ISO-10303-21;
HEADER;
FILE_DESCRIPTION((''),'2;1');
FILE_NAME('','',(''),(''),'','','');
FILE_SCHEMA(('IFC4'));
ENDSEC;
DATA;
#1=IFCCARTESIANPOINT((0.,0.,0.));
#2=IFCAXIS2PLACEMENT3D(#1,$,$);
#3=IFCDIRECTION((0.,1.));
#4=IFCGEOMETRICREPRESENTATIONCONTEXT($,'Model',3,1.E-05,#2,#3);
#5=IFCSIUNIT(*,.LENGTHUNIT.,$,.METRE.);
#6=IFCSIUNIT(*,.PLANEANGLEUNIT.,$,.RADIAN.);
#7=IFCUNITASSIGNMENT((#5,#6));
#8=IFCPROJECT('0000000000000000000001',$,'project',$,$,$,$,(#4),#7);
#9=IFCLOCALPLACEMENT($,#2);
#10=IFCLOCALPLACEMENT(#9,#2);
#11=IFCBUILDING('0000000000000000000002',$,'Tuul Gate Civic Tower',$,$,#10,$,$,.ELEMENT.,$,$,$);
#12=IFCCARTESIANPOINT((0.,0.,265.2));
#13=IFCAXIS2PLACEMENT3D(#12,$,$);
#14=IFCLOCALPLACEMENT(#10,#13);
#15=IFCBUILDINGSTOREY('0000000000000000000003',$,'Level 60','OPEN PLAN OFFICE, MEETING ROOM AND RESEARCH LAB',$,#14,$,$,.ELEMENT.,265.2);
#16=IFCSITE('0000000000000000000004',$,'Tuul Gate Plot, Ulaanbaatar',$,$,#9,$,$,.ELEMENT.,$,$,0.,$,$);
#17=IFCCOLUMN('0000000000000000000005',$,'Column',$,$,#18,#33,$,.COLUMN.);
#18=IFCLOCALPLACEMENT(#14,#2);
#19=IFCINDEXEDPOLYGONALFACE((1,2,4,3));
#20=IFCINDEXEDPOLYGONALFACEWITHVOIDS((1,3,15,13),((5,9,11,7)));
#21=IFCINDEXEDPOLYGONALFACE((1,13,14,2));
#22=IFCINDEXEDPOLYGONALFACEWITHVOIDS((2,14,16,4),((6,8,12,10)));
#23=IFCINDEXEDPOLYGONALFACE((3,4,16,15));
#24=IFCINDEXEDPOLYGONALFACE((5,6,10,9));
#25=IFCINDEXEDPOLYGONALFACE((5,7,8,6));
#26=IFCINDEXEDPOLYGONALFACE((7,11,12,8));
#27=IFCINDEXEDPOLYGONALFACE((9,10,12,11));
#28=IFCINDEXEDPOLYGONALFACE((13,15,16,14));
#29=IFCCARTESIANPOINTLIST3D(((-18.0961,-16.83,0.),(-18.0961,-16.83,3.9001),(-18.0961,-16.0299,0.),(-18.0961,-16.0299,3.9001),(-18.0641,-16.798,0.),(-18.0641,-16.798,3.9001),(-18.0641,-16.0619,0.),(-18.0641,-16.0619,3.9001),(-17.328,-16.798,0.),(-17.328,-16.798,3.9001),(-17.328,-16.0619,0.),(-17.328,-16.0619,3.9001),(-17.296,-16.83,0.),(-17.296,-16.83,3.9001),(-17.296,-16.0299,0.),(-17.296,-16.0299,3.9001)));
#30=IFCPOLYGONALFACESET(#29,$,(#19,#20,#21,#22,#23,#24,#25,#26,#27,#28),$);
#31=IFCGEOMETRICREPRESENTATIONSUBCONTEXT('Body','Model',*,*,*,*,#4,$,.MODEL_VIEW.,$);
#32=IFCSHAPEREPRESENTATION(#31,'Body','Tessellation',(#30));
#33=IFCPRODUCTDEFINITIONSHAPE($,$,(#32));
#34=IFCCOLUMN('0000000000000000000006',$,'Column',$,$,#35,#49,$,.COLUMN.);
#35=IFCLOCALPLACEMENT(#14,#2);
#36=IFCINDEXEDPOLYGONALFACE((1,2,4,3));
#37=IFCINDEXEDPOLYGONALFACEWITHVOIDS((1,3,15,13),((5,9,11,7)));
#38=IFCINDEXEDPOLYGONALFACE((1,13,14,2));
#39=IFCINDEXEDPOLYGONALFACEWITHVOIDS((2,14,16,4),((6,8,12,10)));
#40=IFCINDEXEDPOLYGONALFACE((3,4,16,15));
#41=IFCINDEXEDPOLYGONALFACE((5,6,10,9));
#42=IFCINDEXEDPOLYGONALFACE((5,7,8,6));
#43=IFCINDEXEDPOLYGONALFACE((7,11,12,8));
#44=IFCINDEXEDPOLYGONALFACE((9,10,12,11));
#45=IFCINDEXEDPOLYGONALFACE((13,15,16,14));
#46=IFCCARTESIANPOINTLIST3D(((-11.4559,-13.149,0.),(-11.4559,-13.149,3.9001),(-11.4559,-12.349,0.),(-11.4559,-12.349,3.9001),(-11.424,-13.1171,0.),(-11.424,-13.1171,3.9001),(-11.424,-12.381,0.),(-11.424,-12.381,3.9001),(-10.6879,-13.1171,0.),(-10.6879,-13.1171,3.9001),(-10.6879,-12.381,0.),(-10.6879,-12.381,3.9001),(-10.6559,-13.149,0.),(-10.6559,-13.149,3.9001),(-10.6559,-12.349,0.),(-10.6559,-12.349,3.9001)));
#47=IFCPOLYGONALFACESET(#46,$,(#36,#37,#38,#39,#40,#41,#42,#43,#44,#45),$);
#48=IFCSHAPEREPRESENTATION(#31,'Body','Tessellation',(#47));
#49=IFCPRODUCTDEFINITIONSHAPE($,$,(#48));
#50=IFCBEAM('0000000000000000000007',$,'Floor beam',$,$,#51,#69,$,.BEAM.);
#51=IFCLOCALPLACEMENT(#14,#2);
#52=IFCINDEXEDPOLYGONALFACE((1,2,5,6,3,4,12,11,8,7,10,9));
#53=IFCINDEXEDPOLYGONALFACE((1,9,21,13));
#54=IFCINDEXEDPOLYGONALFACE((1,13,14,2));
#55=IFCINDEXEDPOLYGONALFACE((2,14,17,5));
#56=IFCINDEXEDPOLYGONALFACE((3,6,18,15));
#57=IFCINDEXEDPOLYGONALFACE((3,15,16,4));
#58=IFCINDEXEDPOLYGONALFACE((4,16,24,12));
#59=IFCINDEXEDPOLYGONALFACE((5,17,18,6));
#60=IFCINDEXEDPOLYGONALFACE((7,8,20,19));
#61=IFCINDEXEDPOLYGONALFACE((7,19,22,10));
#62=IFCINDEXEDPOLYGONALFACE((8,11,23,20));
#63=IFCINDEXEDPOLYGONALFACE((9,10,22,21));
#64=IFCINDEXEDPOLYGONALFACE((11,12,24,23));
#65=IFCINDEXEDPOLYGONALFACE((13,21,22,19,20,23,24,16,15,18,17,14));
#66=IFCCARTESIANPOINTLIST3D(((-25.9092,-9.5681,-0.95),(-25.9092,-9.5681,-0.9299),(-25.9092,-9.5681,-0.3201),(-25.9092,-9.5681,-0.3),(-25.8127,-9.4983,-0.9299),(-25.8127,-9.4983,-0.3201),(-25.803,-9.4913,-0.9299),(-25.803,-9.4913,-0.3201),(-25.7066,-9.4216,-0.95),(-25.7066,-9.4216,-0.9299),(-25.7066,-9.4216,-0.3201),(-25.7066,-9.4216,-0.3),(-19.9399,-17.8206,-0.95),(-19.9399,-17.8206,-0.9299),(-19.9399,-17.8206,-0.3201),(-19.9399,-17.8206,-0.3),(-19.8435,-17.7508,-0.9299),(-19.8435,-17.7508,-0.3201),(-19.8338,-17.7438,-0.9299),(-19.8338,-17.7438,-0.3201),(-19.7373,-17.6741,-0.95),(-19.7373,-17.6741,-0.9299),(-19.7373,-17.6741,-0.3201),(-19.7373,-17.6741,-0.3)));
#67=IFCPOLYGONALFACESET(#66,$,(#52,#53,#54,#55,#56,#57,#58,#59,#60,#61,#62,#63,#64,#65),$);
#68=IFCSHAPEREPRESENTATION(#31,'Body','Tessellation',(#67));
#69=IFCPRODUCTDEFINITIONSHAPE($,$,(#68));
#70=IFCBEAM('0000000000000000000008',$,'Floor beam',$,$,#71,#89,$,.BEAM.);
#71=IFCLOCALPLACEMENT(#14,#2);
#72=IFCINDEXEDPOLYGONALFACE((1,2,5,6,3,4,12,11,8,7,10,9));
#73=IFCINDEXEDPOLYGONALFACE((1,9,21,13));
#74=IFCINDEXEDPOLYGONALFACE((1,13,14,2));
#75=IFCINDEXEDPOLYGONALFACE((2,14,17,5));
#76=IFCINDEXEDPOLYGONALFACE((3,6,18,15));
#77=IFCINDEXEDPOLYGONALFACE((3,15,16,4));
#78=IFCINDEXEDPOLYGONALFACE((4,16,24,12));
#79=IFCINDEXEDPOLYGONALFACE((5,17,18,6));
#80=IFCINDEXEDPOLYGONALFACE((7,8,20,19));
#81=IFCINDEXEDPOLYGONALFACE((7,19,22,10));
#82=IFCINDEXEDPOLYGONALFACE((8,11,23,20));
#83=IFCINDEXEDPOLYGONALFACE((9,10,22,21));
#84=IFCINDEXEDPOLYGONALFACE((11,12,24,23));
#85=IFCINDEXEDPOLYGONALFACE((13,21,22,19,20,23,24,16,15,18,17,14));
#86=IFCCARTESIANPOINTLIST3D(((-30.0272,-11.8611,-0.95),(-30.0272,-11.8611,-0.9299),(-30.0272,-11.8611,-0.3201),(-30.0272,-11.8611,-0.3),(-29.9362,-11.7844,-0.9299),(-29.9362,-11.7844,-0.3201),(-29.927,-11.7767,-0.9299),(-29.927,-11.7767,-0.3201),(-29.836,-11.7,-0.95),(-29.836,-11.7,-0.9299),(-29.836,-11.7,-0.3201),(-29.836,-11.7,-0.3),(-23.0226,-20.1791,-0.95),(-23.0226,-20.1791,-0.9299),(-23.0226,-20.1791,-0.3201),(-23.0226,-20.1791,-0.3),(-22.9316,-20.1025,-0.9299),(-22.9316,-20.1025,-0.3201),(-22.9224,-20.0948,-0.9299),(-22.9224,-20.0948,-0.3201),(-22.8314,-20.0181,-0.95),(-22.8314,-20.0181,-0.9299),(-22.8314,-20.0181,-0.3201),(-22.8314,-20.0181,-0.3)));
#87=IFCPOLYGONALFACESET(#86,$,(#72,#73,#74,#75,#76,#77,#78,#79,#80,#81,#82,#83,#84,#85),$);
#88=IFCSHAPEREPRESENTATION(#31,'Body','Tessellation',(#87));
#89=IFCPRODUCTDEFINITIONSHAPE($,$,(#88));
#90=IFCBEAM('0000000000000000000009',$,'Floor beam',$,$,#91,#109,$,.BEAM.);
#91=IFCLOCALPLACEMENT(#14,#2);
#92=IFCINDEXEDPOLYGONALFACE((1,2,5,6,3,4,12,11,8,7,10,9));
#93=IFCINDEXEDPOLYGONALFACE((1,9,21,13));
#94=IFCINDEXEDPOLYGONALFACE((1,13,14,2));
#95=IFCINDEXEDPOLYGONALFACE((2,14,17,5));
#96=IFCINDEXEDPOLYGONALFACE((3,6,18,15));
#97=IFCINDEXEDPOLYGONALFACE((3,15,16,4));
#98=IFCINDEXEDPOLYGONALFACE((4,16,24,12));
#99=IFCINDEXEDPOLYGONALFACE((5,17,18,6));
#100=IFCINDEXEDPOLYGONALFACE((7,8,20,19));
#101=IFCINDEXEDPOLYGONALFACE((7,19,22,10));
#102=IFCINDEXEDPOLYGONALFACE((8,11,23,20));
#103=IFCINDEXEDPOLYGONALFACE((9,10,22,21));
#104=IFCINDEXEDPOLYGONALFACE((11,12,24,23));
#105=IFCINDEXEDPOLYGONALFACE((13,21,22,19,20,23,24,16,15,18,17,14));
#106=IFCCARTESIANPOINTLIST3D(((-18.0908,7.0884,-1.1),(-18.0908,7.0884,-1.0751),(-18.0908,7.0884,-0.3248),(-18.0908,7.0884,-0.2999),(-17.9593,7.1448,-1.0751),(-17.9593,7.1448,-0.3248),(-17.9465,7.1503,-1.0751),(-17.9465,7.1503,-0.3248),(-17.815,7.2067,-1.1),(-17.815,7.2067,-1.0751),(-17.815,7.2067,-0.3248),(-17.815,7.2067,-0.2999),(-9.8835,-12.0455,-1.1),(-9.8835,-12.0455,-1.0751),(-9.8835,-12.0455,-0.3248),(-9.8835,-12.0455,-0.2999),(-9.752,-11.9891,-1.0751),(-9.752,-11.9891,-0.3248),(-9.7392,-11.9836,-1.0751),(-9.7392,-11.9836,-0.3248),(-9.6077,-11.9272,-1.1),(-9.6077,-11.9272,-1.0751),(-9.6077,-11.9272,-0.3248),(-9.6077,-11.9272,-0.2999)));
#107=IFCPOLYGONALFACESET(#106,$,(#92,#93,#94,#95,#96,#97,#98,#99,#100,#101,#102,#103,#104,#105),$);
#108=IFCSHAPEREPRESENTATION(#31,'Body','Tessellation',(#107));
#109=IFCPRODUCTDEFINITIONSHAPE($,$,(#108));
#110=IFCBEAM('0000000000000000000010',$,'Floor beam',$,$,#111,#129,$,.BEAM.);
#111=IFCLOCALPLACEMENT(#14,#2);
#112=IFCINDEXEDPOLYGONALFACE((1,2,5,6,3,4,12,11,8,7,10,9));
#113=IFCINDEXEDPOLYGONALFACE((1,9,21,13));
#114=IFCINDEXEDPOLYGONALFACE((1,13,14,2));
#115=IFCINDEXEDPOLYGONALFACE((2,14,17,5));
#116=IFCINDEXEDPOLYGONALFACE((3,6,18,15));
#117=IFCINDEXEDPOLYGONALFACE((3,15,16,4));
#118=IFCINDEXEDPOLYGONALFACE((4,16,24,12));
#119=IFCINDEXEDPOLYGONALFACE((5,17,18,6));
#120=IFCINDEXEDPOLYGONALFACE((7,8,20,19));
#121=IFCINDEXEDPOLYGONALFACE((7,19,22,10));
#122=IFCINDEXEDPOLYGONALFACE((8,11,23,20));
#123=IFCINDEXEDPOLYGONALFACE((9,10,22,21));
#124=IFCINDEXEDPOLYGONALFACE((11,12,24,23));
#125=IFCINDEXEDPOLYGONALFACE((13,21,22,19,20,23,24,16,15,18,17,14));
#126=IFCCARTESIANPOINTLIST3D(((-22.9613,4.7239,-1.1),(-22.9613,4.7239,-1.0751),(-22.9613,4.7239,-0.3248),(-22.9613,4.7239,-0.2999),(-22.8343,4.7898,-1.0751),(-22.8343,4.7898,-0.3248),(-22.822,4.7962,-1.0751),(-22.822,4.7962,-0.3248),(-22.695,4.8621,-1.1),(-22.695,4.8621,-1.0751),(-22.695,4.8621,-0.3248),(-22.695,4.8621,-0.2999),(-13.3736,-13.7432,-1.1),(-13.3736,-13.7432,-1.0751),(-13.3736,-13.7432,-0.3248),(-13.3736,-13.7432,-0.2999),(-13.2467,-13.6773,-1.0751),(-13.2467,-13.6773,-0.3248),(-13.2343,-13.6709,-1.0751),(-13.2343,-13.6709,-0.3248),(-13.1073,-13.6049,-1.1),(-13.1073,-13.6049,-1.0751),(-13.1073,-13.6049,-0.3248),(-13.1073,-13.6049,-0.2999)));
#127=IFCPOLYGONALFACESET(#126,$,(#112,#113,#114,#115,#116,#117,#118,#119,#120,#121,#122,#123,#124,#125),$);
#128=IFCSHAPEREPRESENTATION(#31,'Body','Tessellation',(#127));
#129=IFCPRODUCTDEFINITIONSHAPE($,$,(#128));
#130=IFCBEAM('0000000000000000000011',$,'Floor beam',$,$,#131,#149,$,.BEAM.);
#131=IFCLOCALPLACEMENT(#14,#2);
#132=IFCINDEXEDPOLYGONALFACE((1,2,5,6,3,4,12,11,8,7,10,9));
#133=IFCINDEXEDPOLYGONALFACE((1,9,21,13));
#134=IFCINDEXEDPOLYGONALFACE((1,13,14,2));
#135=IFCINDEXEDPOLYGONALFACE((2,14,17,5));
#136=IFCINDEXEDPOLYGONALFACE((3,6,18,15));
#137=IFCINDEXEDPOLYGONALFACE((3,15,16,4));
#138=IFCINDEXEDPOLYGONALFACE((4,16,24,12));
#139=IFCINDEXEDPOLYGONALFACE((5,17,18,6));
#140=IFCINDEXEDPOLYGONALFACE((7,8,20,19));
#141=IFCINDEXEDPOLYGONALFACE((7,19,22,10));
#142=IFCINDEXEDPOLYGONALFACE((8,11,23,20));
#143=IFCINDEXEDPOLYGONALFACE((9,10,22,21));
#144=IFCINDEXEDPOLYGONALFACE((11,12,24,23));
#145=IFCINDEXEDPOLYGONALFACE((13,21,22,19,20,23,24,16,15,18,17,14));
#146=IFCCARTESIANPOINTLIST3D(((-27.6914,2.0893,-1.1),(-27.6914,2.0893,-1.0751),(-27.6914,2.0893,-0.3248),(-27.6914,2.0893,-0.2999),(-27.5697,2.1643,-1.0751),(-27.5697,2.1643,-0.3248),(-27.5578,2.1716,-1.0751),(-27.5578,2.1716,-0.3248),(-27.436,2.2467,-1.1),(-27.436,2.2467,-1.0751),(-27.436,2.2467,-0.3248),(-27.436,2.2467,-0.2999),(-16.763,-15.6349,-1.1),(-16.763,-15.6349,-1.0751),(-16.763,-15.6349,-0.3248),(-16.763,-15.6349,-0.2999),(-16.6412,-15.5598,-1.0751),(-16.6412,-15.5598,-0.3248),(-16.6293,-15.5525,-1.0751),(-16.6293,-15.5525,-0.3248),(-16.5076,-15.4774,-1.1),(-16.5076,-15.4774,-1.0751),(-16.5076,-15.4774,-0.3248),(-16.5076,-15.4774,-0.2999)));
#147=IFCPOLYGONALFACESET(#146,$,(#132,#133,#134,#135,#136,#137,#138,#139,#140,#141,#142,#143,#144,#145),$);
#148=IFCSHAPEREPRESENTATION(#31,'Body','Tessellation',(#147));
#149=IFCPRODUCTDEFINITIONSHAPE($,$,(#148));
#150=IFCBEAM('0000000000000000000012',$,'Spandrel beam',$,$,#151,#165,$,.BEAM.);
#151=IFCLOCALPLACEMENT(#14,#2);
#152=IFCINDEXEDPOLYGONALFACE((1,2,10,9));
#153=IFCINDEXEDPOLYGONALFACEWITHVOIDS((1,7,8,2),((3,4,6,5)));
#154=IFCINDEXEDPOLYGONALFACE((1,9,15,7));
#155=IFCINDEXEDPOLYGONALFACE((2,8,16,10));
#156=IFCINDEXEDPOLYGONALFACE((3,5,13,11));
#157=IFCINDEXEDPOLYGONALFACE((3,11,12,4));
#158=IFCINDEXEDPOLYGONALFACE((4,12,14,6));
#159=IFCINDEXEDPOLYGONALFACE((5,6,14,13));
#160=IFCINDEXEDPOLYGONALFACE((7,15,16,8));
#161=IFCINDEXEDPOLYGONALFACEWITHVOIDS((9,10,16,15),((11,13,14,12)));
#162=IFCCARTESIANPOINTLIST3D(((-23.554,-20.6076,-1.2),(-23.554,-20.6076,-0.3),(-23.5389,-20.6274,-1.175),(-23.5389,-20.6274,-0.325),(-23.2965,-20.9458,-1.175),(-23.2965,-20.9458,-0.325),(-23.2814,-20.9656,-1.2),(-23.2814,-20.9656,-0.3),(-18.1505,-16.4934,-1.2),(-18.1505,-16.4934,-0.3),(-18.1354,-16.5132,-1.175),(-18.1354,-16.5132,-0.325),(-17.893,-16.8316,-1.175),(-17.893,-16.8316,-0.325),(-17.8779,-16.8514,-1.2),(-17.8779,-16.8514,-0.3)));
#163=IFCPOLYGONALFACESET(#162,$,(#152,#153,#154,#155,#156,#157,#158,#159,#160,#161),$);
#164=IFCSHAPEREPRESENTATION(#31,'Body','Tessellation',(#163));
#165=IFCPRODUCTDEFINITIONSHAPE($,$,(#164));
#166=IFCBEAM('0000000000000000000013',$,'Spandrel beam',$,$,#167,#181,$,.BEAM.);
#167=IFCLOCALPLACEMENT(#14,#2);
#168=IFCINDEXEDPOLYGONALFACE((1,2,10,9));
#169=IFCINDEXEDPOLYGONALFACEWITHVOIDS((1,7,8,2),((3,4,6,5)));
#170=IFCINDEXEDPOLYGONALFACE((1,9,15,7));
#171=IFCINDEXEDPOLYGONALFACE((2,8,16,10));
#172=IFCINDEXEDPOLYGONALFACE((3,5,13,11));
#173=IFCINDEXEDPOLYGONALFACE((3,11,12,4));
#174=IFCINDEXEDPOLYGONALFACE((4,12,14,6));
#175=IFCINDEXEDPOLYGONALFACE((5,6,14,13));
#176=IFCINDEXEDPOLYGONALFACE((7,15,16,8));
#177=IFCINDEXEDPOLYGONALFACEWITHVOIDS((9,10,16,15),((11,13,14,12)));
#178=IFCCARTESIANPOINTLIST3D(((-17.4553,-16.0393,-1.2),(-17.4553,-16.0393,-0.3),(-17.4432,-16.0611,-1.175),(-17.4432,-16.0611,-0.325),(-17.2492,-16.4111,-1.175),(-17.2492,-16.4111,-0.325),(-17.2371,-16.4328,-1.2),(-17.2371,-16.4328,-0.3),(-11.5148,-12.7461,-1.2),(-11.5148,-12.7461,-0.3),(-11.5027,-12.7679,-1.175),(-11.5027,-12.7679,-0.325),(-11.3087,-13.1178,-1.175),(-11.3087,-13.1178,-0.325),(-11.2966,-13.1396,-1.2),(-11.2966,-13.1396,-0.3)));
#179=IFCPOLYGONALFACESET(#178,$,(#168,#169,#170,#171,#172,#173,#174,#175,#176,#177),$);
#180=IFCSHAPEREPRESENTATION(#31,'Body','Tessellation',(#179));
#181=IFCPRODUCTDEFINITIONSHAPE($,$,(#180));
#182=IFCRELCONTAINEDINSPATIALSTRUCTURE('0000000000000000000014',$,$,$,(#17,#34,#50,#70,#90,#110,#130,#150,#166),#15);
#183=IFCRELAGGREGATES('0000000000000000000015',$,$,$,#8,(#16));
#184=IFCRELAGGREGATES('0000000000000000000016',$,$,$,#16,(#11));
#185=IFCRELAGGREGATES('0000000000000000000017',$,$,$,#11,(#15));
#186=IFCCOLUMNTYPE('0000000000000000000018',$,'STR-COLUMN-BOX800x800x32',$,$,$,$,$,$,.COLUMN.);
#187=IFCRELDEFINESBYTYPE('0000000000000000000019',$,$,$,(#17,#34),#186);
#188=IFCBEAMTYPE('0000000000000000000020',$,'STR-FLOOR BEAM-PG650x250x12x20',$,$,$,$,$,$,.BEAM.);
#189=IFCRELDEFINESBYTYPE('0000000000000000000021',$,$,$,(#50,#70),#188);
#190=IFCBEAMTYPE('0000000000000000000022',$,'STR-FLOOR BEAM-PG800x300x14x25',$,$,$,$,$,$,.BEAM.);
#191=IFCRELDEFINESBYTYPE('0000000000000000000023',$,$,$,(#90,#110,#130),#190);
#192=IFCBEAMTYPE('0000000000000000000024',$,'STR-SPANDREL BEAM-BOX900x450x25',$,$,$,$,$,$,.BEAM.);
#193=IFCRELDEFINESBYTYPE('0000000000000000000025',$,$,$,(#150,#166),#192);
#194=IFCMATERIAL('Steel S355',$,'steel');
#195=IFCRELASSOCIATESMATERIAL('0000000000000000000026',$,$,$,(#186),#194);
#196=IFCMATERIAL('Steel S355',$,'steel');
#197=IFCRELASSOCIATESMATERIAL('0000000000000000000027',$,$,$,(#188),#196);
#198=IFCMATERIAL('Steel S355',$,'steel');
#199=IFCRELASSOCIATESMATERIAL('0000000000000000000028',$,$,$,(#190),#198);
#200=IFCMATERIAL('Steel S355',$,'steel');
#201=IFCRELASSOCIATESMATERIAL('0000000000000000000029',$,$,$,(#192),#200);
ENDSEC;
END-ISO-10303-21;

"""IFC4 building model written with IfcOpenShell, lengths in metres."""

from ifc_helpers import new_model, si_unit, direction, frame, origin, origin_2d, place, context, subcontext, project, spatial, hollow_rectangle, i_section, extrude, material, material_profile, profile_set, type_object, element, save


model = new_model("IFC4")

# Units and contexts
model_context = context("Model", 3, precision=1e-05, world=origin(), true_north=direction((0.0, 1.0)))
body_context = subcontext(model_context, "Body", "Model", "MODEL_VIEW")
ifc_project = project(units=[si_unit("LENGTHUNIT", "METRE"), si_unit("PLANEANGLEUNIT", "RADIAN")], contexts=[model_context])

# Site, building, storey
site_placement = place(None, origin())
site = spatial("IfcSite", under=ifc_project, at=site_placement, Name="Tuul Gate Plot, Ulaanbaatar", CompositionType="ELEMENT", RefElevation=0.0)
building_placement = place(site_placement, origin())
building = spatial("IfcBuilding", under=site, at=building_placement, Name="Tuul Gate Civic Tower", CompositionType="ELEMENT")
storey_placement = place(building_placement, frame((0.0, 0.0, 265.2)))
storey = spatial("IfcBuildingStorey", under=building, at=storey_placement, Name="Level 60", Description="OPEN PLAN OFFICE, MEETING ROOM AND RESEARCH LAB", CompositionType="ELEMENT", Elevation=265.2)

# Columns
ifc_material_1 = material(Name="Steel S355", Category="steel")
ifc_material_profile_1 = material_profile(ifc_material_1, hollow_rectangle(XDim=0.8, YDim=0.8, WallThickness=0.032, at=origin_2d()), Name="BOX800x800x32")
ifc_profile_set_1 = profile_set([ifc_material_profile_1], Name="Steel S355")
column_type = type_object("IfcColumnType", Name="STR-COLUMN-BOX800x800x32", PredefinedType="COLUMN", material=ifc_profile_set_1)
for number, where, z_axis, x_axis, name in (
    (1, (-17.696, -16.4299, 0.0), (0.0, 0.0, 1.0), (1.0, 0.0, 0.0), "Column"),
    (2, (-11.0559, -12.749, 0.0), (0.0, 0.0, 1.0), (1.0, 0.0, 0.0), "Column"),
):
    element("IfcColumn", number, at=place(storey_placement, frame(where, z_axis=z_axis, x_axis=x_axis)), inside=storey, type_object=column_type, Name=name, PredefinedType="COLUMN", context=body_context, shape_type="SweptSolid", body=[
        extrude(hollow_rectangle(XDim=0.8, YDim=0.8, WallThickness=0.032, at=origin_2d()), origin(), (0.0, 0.0, 1.0), 3.9001),
    ])

# Beams
ifc_material_2 = material(Name="Steel S355", Category="steel")
ifc_material_profile_2 = material_profile(ifc_material_2, i_section(OverallWidth=0.25, OverallDepth=0.6499, WebThickness=0.012, FlangeThickness=0.02, at=origin_2d()), Name="PG650x250x12x20")
ifc_profile_set_2 = profile_set([ifc_material_profile_2], Name="Steel S355")
beam_type_1 = type_object("IfcBeamType", Name="STR-FLOOR BEAM-PG650x250x12x20", PredefinedType="BEAM", material=ifc_profile_set_2)
beam_1_placement = place(storey_placement, frame((-19.8386, -17.7473, -0.625), z_axis=(-0.58608, 0.810253, 0.0), x_axis=(-0.810253, -0.58608, 0.0)))
element("IfcBeam", 3, at=beam_1_placement, inside=storey, type_object=beam_type_1, Name="Floor beam", PredefinedType="BEAM", context=body_context, shape_type="SweptSolid", body=[
    extrude(i_section(OverallWidth=0.25, OverallDepth=0.6499, WebThickness=0.012, FlangeThickness=0.02, at=origin_2d()), origin(), (0.0, 0.0, 1.0), 10.1851),
])
beam_2_placement = place(storey_placement, frame((-22.927, -20.0986, -0.625), z_axis=(-0.644131, 0.764915, 0.0), x_axis=(-0.764915, -0.644131, 0.0)))
element("IfcBeam", 4, at=beam_2_placement, inside=storey, type_object=beam_type_1, Name="Floor beam", PredefinedType="BEAM", context=body_context, shape_type="SweptSolid", body=[
    extrude(i_section(OverallWidth=0.25, OverallDepth=0.6499, WebThickness=0.012, FlangeThickness=0.02, at=origin_2d()), origin(), (0.0, 0.0, 1.0), 10.8745),
])
ifc_material_3 = material(Name="Steel S355", Category="steel")
ifc_material_profile_3 = material_profile(ifc_material_3, i_section(OverallWidth=0.3, OverallDepth=0.8, WebThickness=0.0139, FlangeThickness=0.0249, at=origin_2d()), Name="PG800x300x14x25")
ifc_profile_set_3 = profile_set([ifc_material_profile_3], Name="Steel S355")
beam_type_2 = type_object("IfcBeamType", Name="STR-FLOOR BEAM-PG800x300x14x25", PredefinedType="BEAM", material=ifc_profile_set_3)
beam_3_placement = place(storey_placement, frame((-9.7456, -11.9863, -0.7), z_axis=(-0.394207, 0.919022, 0.0), x_axis=(-0.919022, -0.394207, 0.0)))
element("IfcBeam", 5, at=beam_3_placement, inside=storey, type_object=beam_type_2, Name="Floor beam", PredefinedType="BEAM", context=body_context, shape_type="SweptSolid", body=[
    extrude(i_section(OverallWidth=0.3, OverallDepth=0.8, WebThickness=0.0139, FlangeThickness=0.0249, at=origin_2d()), origin(), (0.0, 0.0, 1.0), 20.8198),
])
beam_4_placement = place(storey_placement, frame((-13.2405, -13.6741, -0.7), z_axis=(-0.460777, 0.887516, 0.0), x_axis=(-0.887516, -0.460777, 0.0)))
element("IfcBeam", 6, at=beam_4_placement, inside=storey, type_object=beam_type_2, Name="Floor beam", PredefinedType="BEAM", context=body_context, shape_type="SweptSolid", body=[
    extrude(i_section(OverallWidth=0.3, OverallDepth=0.8, WebThickness=0.0139, FlangeThickness=0.0249, at=origin_2d()), origin(), (0.0, 0.0, 1.0), 20.8076),
])
beam_5_placement = place(storey_placement, frame((-16.6353, -15.5562, -0.7), z_axis=(-0.52484, 0.851201, 0.0), x_axis=(-0.851201, -0.52484, 0.0)))
element("IfcBeam", 7, at=beam_5_placement, inside=storey, type_object=beam_type_2, Name="Floor beam", PredefinedType="BEAM", context=body_context, shape_type="SweptSolid", body=[
    extrude(i_section(OverallWidth=0.3, OverallDepth=0.8, WebThickness=0.0139, FlangeThickness=0.0249, at=origin_2d()), origin(), (0.0, 0.0, 1.0), 20.8225),
])
ifc_material_4 = material(Name="Steel S355", Category="steel")
ifc_material_profile_4 = material_profile(ifc_material_4, hollow_rectangle(XDim=0.45, YDim=0.8999, WallThickness=0.0249, at=origin_2d()), Name="BOX900x450x25")
ifc_profile_set_4 = profile_set([ifc_material_profile_4], Name="Steel S355")
beam_type_3 = type_object("IfcBeamType", Name="STR-SPANDREL BEAM-BOX900x450x25", PredefinedType="BEAM", material=ifc_profile_set_4)
beam_6_placement = place(storey_placement, frame((-23.4177, -20.7866, -0.75), z_axis=(0.795626, 0.605788, 0.0), x_axis=(-0.605788, 0.795626, 0.0)))
element("IfcBeam", 8, at=beam_6_placement, inside=storey, type_object=beam_type_3, Name="Spandrel beam", PredefinedType="BEAM", context=body_context, shape_type="SweptSolid", body=[
    extrude(hollow_rectangle(XDim=0.45, YDim=0.8999, WallThickness=0.0249, at=origin_2d()), origin(), (0.0, 0.0, 1.0), 6.7915),
])
beam_7_placement = place(storey_placement, frame((-17.3462, -16.2361, -0.75), z_axis=(0.874596, 0.484852, 0.0), x_axis=(-0.484852, 0.874596, 0.0)))
element("IfcBeam", 9, at=beam_7_placement, inside=storey, type_object=beam_type_3, Name="Spandrel beam", PredefinedType="BEAM", context=body_context, shape_type="SweptSolid", body=[
    extrude(hollow_rectangle(XDim=0.45, YDim=0.8999, WallThickness=0.0249, at=origin_2d()), origin(), (0.0, 0.0, 1.0), 6.7922),
])

save(model, "model.ifc")
